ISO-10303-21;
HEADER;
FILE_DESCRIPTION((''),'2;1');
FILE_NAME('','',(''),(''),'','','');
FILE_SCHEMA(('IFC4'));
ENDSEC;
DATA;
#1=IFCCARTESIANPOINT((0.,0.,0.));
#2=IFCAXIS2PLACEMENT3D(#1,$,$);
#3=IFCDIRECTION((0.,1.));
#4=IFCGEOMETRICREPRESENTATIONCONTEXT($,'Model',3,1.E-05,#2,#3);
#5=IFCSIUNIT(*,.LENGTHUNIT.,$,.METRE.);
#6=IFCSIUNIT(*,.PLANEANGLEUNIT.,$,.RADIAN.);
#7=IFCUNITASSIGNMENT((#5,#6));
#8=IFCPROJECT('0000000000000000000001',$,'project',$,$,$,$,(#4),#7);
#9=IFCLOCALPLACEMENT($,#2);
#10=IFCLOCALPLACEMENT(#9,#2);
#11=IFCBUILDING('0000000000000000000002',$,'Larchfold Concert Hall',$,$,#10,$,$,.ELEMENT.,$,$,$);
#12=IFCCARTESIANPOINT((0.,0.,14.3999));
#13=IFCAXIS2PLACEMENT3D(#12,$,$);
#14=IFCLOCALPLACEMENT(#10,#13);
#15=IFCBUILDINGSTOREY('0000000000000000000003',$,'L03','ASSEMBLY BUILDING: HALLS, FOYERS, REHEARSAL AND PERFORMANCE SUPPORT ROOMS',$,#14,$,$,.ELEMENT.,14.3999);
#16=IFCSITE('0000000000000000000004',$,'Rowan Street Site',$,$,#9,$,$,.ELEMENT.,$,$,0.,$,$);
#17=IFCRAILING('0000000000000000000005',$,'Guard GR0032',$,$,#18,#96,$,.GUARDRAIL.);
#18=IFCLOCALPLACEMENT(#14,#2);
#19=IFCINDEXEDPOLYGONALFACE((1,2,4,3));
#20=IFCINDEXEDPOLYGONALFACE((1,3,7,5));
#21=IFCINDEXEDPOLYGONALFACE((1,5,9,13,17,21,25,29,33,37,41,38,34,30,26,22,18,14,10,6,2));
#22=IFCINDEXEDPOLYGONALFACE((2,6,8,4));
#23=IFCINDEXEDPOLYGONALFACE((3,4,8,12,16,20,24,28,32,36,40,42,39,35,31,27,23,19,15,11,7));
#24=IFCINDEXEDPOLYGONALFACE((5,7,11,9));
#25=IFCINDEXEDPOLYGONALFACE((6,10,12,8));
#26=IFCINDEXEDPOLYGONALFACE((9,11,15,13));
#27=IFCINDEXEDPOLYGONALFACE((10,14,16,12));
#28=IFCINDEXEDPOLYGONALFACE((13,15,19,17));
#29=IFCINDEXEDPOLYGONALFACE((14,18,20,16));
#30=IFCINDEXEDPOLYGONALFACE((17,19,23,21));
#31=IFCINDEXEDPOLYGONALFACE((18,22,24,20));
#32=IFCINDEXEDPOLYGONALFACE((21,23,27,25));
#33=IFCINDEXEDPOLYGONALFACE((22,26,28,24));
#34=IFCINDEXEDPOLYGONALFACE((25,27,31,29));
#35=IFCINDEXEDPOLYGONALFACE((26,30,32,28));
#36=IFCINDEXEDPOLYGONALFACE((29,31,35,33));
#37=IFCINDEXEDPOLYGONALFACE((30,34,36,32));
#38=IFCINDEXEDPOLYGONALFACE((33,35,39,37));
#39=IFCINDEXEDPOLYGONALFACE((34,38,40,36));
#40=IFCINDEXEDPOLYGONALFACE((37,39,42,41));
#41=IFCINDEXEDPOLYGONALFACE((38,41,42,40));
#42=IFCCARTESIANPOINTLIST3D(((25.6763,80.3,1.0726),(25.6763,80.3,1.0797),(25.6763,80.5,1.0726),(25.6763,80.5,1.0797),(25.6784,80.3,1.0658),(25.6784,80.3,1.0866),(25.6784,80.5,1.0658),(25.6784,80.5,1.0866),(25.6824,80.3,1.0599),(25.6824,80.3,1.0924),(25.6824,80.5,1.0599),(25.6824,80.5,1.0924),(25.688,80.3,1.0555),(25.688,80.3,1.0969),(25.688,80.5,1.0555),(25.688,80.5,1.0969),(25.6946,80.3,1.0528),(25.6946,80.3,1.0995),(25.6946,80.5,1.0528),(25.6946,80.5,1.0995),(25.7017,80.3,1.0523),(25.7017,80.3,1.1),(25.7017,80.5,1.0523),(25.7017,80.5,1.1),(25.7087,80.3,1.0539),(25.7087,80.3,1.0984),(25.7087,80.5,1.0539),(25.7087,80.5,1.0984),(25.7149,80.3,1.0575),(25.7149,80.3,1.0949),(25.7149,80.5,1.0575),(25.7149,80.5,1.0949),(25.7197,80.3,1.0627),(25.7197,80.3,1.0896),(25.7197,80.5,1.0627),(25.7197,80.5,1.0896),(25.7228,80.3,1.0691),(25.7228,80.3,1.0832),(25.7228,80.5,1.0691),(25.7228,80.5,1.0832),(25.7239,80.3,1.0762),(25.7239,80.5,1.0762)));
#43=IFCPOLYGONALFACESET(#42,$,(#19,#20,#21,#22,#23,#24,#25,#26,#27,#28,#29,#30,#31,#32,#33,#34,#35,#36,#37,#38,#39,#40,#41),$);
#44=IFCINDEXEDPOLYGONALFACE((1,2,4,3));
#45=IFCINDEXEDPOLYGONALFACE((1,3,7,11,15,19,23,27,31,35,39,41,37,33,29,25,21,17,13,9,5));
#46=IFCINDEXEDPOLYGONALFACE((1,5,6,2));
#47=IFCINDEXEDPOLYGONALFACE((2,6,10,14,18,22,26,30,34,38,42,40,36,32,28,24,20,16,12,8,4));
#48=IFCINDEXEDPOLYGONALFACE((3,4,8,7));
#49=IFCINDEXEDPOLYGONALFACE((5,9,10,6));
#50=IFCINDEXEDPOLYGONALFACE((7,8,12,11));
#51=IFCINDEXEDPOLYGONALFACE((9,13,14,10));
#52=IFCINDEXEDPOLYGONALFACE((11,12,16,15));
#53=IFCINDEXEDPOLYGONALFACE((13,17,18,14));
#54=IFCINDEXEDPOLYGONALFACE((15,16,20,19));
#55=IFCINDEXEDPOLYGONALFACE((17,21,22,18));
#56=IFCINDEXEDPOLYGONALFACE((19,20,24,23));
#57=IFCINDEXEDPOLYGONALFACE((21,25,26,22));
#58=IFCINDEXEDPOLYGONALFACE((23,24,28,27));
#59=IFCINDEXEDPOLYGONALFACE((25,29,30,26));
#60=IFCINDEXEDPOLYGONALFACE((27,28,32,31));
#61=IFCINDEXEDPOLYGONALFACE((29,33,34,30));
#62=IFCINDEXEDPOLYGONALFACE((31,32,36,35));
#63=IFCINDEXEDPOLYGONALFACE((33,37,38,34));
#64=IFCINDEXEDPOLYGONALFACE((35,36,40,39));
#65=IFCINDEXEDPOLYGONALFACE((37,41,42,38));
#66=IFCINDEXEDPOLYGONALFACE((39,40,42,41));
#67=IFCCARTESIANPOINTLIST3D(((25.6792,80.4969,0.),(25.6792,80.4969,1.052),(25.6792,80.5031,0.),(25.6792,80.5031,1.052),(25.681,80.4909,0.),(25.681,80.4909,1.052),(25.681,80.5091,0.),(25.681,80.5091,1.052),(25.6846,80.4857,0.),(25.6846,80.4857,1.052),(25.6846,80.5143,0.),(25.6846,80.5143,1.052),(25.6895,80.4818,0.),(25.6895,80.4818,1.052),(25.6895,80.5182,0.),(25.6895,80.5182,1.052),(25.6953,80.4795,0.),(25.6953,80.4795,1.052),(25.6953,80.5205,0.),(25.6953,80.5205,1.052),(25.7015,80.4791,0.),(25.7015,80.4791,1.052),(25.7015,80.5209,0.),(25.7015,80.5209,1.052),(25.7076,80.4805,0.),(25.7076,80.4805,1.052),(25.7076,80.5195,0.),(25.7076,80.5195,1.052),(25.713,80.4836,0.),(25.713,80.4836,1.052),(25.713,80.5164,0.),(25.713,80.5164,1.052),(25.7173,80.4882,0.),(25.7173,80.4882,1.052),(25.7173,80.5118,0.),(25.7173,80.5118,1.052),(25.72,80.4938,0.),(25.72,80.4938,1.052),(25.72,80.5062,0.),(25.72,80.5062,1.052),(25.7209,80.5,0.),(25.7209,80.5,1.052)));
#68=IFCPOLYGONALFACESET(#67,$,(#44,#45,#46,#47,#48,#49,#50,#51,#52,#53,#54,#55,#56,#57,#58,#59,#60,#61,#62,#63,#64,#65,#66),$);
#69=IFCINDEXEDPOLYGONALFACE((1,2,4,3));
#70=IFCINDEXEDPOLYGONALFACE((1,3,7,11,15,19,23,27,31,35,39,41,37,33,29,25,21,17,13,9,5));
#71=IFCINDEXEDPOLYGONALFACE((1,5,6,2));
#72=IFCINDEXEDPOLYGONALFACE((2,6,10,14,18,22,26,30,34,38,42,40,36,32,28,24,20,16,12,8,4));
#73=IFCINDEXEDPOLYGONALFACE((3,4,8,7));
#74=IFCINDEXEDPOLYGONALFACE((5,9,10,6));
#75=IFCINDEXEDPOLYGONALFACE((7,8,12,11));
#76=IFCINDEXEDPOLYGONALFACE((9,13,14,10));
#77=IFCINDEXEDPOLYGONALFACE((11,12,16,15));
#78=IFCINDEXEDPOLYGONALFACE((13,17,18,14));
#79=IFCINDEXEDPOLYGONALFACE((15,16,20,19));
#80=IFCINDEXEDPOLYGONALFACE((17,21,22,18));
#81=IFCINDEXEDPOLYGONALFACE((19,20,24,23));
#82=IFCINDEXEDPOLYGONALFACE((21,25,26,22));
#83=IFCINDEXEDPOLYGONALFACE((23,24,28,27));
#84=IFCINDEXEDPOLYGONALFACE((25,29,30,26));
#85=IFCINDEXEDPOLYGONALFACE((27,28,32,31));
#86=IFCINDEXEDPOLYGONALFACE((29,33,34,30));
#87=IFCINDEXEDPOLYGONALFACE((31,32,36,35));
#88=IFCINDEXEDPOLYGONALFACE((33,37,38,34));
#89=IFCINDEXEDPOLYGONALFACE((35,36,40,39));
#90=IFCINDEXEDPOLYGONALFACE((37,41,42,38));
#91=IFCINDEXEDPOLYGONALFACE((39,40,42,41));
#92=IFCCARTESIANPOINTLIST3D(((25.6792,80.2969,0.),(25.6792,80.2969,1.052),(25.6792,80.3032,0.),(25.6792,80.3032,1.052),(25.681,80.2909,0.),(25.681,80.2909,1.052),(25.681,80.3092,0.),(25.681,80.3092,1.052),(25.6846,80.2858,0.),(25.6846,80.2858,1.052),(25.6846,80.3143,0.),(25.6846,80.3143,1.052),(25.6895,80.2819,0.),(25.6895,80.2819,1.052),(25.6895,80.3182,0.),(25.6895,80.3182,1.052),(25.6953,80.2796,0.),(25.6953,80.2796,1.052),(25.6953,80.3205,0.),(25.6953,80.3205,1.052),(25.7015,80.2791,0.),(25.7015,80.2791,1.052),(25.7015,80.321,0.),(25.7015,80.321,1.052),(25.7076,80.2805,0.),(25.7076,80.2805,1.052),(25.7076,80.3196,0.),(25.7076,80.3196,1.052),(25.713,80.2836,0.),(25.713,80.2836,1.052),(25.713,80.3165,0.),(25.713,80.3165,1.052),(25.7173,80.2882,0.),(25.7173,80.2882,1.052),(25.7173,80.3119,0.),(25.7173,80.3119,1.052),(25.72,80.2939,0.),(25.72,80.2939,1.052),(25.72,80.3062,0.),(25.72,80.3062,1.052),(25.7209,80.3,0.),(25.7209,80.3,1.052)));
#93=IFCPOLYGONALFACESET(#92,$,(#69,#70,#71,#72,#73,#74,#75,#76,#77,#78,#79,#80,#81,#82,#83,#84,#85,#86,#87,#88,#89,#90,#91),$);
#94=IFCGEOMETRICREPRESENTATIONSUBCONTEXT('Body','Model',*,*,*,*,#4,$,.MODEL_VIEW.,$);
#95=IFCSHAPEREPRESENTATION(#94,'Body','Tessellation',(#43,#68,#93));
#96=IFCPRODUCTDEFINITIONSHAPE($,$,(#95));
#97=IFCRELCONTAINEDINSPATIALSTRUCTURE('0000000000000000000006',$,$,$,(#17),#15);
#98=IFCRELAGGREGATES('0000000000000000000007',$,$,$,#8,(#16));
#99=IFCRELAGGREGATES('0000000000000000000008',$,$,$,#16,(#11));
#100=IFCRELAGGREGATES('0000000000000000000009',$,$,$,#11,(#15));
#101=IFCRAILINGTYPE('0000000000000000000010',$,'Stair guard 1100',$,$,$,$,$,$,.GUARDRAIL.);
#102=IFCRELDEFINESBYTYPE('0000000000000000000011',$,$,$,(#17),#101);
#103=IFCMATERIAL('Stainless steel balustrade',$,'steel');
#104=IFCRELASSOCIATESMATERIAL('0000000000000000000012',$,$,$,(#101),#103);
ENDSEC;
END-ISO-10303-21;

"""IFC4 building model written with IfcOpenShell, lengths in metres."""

from ifc_helpers import new_model, si_unit, direction, frame, origin, origin_2d, place, context, subcontext, project, spatial, circle, extrude, material, type_object, element, save


model = new_model("IFC4")

# Units and contexts
model_context = context("Model", 3, precision=1e-05, world=origin(), true_north=direction((0.0, 1.0)))
body_context = subcontext(model_context, "Body", "Model", "MODEL_VIEW")
ifc_project = project(units=[si_unit("LENGTHUNIT", "METRE"), si_unit("PLANEANGLEUNIT", "RADIAN")], contexts=[model_context])

# Site, building, storey
site_placement = place(None, origin())
site = spatial("IfcSite", under=ifc_project, at=site_placement, Name="Rowan Street Site", CompositionType="ELEMENT", RefElevation=0.0)
building_placement = place(site_placement, origin())
building = spatial("IfcBuilding", under=site, at=building_placement, Name="Larchfold Concert Hall", CompositionType="ELEMENT")
storey_placement = place(building_placement, frame((0.0, 0.0, 14.3999)))
storey = spatial("IfcBuildingStorey", under=building, at=storey_placement, Name="L03", Description="ASSEMBLY BUILDING: HALLS, FOYERS, REHEARSAL AND PERFORMANCE SUPPORT ROOMS", CompositionType="ELEMENT", Elevation=14.3999)

# Railing
ifc_material_1 = material(Name="Stainless steel balustrade", Category="steel")
railing_type_1 = type_object("IfcRailingType", Name="Stair guard 1100", PredefinedType="GUARDRAIL", material=ifc_material_1)
railing_1_placement = place(storey_placement, frame((25.7, 80.5, 0.0)))
element("IfcRailing", 1, at=railing_1_placement, inside=storey, type_object=railing_type_1, Name="Guard GR0032", PredefinedType="GUARDRAIL", context=body_context, shape_type="SweptSolid", body=[
    extrude(circle(Radius=0.0239, at=origin_2d()), frame((0.0, 0.0, 1.0762), z_axis=(0.0, -1.0, 0.0), x_axis=(1.0, 0.0, 0.0)), (0.0, 0.0, 1.0), 0.2),
    extrude(circle(Radius=0.021, at=origin_2d()), origin(), (0.0, 0.0, 1.0), 1.052),
    extrude(circle(Radius=0.021, at=origin_2d()), frame((0.0, -0.2, 0.0)), (0.0, 0.0, 1.0), 1.052),
])

save(model, "model.ifc")
